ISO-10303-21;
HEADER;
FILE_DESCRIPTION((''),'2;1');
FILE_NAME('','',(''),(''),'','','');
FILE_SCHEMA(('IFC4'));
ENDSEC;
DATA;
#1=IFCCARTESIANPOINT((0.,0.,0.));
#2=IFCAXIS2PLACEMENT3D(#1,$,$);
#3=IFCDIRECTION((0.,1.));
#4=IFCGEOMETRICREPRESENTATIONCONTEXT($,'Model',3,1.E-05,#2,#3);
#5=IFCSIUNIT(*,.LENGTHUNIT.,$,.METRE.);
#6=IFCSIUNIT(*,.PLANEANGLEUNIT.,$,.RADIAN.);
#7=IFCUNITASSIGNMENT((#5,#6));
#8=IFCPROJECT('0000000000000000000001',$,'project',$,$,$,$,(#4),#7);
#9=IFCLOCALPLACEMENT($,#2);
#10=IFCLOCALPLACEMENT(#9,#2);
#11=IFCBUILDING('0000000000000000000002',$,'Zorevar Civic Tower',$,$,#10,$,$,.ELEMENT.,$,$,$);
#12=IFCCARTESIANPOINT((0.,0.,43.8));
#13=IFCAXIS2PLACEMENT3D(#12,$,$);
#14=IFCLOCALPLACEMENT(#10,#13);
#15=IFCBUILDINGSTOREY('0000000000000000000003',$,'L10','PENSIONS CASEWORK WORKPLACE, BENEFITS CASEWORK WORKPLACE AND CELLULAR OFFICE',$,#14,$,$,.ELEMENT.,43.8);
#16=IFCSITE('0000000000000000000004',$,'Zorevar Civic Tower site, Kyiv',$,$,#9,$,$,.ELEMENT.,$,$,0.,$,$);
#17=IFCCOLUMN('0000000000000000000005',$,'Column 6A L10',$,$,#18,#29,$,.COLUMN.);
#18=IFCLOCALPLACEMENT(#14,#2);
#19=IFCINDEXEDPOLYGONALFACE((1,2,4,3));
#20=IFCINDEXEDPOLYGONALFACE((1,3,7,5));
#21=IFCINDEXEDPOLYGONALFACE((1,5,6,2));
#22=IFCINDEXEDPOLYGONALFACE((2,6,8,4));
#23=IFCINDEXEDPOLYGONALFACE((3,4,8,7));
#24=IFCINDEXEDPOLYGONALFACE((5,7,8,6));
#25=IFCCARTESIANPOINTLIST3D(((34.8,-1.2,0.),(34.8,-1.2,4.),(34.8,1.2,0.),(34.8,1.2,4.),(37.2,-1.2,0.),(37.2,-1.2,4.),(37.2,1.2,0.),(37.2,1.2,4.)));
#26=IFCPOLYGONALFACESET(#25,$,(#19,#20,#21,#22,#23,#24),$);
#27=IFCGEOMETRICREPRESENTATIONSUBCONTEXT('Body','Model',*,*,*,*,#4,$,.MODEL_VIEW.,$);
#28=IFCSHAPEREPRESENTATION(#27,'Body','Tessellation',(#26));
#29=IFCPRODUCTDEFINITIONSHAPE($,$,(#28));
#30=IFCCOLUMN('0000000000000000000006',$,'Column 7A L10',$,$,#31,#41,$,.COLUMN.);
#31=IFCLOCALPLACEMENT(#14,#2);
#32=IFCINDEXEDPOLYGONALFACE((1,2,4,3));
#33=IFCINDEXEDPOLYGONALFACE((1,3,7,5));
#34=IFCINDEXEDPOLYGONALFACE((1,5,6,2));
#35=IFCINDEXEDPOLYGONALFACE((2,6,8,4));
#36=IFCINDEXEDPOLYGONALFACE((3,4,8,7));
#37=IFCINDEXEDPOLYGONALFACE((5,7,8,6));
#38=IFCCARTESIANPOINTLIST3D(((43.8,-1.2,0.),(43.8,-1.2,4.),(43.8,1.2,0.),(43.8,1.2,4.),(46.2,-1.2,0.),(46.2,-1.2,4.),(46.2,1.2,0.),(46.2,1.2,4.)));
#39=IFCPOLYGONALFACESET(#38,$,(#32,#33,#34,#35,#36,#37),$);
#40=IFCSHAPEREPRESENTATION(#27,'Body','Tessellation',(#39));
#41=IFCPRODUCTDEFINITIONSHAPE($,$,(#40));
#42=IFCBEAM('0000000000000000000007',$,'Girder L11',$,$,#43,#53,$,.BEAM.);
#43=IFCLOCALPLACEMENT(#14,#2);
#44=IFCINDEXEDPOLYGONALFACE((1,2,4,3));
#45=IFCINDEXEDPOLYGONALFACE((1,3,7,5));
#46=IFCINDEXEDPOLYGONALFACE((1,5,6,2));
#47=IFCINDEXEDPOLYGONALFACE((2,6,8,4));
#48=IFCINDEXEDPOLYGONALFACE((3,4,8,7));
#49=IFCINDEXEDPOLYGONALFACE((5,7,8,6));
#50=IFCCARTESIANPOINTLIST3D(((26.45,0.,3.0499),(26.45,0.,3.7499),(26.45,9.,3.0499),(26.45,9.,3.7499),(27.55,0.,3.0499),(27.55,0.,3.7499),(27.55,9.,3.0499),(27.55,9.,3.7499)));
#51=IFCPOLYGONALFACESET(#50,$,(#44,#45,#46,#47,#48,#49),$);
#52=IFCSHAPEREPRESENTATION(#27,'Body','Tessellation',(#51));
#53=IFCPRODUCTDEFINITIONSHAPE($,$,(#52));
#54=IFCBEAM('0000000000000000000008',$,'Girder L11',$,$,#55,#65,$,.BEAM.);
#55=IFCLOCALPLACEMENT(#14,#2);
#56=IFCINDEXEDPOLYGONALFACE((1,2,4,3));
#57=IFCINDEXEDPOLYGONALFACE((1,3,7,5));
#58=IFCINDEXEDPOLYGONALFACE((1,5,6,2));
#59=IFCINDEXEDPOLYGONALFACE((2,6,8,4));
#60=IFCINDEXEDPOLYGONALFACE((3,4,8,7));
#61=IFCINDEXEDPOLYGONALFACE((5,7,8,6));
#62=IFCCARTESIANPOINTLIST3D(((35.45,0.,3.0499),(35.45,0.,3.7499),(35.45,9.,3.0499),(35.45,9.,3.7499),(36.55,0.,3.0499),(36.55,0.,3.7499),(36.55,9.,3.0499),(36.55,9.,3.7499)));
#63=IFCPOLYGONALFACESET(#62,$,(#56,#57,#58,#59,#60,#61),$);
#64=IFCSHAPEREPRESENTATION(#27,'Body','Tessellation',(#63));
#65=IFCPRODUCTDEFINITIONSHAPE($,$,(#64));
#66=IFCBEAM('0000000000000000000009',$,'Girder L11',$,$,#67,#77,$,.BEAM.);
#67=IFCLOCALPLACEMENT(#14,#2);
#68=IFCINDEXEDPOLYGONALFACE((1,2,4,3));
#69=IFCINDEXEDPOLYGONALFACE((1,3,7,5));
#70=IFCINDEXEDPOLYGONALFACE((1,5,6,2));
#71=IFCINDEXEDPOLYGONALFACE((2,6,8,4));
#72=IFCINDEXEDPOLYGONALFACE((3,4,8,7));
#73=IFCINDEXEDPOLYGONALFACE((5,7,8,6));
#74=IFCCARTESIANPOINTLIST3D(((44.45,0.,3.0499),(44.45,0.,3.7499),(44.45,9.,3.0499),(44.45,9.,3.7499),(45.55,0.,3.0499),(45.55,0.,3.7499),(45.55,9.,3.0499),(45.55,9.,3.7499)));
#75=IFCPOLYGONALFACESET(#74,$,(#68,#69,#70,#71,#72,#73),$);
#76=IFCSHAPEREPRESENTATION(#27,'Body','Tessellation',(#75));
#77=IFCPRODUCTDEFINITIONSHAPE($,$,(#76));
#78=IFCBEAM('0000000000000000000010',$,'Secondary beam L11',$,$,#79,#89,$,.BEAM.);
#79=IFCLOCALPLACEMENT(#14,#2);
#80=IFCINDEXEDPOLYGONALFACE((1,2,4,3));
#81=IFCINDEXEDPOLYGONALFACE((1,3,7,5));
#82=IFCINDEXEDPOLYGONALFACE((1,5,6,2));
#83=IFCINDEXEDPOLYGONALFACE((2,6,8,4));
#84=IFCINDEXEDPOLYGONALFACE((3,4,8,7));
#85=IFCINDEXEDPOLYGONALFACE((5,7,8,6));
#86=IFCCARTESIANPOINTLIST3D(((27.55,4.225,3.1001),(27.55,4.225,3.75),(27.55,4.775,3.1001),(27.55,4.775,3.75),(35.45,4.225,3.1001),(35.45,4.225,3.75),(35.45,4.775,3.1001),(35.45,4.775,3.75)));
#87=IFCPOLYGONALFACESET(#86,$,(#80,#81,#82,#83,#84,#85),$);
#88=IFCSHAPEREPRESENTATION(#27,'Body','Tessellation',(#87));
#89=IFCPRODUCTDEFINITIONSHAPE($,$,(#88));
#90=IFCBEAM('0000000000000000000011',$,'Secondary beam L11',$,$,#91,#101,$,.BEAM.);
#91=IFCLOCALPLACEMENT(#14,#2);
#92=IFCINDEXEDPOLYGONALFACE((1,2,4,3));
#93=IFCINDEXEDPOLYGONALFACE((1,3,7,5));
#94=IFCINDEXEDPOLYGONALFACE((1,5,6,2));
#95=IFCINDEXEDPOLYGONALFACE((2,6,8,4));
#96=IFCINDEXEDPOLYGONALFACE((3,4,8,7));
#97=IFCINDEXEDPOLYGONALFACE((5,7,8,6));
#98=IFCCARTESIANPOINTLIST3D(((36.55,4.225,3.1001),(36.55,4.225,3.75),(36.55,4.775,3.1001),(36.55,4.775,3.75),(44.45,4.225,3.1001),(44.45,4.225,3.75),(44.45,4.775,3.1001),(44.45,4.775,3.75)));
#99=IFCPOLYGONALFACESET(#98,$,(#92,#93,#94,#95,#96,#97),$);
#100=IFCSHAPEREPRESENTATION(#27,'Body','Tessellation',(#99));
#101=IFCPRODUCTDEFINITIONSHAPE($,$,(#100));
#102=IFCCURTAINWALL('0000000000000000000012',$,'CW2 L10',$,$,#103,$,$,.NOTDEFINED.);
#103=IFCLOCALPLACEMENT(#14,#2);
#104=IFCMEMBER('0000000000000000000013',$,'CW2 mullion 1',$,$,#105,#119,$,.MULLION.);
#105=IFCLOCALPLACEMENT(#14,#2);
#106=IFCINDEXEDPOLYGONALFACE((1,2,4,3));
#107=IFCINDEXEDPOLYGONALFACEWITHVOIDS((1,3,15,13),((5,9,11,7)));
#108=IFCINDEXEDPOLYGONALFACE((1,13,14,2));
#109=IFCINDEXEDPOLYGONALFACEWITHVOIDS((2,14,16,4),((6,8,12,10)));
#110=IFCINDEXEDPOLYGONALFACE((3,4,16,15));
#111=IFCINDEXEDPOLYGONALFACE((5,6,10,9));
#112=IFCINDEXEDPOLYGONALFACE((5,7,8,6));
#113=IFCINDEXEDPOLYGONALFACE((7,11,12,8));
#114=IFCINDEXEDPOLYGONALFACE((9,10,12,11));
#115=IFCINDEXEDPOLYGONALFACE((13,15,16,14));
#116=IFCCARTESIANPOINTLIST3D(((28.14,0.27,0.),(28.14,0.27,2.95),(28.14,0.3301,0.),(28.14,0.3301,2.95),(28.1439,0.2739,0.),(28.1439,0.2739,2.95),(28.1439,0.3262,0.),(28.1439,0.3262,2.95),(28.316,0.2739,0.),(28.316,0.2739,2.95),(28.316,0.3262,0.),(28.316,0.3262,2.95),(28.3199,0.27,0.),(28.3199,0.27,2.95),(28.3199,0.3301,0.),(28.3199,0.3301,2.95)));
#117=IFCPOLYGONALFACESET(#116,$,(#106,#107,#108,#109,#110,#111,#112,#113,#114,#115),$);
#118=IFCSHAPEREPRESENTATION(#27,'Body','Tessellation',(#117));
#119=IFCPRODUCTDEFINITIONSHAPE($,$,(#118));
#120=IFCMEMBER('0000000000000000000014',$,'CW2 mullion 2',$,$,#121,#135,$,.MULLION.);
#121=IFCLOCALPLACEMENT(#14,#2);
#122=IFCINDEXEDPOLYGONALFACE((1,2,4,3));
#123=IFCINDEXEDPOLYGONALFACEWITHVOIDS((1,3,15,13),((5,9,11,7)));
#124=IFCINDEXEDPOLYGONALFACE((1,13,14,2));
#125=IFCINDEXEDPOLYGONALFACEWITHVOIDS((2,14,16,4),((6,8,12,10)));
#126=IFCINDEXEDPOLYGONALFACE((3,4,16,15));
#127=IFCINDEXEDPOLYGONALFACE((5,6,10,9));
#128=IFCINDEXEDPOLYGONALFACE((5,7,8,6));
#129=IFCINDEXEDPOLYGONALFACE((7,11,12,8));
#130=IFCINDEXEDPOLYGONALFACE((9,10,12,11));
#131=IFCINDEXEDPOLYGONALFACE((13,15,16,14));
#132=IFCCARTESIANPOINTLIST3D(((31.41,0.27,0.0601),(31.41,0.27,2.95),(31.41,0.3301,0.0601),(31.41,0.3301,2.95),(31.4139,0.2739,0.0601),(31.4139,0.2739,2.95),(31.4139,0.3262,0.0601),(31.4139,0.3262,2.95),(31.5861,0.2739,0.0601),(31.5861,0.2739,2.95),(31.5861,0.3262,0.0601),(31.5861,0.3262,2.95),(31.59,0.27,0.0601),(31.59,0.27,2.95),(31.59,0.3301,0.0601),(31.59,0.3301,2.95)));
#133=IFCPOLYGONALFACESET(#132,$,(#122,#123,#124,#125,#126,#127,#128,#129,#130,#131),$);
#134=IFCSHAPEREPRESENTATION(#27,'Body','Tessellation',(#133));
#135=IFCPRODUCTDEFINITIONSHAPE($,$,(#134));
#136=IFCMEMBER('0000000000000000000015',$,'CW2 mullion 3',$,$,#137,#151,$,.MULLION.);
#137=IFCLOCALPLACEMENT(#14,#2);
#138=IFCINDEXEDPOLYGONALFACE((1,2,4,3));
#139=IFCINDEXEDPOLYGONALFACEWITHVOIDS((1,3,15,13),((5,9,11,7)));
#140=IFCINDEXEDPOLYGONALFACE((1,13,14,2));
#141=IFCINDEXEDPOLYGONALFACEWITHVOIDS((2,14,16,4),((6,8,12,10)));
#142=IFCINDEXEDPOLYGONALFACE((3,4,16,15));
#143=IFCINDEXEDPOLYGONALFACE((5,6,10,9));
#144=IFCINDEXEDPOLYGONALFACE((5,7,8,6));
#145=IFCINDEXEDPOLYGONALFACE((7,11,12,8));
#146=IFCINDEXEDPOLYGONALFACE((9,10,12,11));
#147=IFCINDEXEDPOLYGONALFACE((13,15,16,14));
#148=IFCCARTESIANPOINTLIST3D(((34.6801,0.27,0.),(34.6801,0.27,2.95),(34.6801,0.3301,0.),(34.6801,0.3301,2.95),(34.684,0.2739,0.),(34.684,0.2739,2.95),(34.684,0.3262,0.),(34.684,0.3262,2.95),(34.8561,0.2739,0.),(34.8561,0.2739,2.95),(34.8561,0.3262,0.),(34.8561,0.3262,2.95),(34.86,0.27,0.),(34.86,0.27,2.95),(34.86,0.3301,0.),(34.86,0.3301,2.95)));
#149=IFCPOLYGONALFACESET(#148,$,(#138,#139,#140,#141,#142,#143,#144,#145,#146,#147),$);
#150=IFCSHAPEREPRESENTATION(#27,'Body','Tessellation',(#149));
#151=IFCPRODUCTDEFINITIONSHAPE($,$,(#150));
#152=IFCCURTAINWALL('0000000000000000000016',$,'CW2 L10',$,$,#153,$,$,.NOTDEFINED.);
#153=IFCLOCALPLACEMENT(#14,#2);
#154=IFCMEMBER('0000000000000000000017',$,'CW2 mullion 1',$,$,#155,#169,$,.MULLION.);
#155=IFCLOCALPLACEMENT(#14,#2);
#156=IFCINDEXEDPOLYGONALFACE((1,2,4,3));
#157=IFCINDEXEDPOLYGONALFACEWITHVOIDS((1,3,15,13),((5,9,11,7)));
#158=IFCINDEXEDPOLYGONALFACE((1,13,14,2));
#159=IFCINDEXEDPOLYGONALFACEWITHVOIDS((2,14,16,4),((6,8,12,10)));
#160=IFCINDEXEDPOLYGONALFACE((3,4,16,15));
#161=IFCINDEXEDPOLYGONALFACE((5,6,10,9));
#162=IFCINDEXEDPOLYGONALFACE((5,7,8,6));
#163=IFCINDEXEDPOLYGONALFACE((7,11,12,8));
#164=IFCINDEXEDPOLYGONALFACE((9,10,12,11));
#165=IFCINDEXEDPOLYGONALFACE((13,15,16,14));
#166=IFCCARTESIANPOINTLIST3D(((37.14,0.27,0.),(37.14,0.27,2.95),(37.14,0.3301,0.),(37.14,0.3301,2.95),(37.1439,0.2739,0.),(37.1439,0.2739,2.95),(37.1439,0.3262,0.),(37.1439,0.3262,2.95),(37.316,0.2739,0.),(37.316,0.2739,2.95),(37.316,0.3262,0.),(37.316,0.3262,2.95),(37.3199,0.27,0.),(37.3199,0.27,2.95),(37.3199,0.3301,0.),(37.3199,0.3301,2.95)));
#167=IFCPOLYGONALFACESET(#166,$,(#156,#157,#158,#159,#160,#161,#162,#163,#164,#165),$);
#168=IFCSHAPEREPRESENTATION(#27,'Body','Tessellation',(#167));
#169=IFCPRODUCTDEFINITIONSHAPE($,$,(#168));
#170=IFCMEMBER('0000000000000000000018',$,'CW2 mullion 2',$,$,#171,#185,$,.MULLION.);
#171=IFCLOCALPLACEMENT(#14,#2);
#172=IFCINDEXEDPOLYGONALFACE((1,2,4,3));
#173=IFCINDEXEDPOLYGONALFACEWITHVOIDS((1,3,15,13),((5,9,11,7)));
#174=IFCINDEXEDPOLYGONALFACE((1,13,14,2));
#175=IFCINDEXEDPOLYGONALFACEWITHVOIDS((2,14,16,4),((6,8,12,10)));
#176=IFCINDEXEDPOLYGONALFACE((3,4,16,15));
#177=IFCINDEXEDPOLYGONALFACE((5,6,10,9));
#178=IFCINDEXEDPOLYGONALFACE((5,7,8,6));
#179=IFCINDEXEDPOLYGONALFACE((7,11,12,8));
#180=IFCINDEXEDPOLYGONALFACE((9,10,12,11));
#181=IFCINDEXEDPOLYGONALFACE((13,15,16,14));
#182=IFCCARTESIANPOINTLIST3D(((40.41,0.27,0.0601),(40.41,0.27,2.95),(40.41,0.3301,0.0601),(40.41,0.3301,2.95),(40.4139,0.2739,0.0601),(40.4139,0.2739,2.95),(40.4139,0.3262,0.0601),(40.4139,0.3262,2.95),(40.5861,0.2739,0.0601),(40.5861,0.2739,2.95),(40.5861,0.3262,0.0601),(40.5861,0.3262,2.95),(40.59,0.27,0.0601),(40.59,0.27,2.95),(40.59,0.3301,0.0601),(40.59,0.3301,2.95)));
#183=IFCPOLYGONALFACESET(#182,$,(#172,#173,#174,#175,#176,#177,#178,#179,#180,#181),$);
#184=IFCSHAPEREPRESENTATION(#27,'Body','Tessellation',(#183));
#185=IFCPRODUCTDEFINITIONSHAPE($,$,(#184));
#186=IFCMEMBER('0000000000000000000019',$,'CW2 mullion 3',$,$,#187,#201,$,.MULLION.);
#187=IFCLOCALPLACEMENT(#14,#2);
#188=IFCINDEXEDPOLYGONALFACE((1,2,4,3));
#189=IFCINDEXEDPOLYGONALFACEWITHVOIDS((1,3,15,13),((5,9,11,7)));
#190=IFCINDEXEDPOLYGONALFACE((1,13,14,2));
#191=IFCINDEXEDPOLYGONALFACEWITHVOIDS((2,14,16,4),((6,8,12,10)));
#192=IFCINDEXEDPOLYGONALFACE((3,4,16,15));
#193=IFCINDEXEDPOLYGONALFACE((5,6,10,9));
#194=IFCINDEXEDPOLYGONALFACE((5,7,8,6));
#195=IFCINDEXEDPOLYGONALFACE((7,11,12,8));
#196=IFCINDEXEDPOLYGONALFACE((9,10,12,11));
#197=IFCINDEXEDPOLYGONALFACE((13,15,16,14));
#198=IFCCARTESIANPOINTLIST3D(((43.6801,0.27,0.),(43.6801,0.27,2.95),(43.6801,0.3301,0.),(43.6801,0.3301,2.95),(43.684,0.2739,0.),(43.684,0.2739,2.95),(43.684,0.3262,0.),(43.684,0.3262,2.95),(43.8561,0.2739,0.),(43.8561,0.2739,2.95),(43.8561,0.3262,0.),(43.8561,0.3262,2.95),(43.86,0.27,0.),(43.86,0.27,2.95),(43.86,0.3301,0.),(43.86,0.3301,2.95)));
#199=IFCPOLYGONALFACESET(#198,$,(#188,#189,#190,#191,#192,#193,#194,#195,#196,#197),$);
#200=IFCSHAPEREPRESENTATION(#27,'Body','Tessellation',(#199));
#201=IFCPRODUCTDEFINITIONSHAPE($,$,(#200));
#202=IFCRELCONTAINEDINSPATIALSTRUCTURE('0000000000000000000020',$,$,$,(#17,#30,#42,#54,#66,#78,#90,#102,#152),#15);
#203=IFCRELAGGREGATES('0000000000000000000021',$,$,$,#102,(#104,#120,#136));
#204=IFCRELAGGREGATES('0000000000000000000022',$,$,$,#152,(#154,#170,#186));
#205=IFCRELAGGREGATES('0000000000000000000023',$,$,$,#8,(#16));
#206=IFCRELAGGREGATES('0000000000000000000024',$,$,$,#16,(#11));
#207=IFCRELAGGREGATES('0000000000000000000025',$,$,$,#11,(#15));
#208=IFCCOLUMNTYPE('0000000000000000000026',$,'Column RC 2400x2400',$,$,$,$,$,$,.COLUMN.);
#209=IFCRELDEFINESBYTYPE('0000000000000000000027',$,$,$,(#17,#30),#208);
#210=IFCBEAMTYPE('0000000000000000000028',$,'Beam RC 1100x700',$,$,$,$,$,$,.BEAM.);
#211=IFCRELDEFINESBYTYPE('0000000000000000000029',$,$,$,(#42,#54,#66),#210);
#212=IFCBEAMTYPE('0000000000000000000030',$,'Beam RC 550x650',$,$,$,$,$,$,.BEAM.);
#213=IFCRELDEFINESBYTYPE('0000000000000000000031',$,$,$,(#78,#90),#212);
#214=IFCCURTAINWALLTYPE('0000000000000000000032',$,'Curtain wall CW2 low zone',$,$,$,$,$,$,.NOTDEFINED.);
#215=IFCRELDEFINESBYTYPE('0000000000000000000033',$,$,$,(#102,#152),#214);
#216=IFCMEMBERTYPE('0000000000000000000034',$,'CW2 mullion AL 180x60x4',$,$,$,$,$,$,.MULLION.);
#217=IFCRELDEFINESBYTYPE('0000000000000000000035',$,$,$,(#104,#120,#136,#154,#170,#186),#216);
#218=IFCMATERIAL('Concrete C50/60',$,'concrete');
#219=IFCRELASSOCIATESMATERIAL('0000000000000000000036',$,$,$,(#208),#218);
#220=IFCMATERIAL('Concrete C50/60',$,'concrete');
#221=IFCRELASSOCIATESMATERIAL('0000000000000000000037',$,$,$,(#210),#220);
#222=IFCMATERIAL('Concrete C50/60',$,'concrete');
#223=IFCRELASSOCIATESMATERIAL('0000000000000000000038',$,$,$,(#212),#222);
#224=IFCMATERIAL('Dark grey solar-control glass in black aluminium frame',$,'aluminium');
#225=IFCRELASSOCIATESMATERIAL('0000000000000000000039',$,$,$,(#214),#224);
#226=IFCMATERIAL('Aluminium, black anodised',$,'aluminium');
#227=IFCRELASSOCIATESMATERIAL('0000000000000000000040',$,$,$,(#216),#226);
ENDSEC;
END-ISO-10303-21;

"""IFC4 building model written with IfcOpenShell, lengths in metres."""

from ifc_helpers import new_model, si_unit, direction, frame, origin, origin_2d, place, context, subcontext, project, spatial, rectangle, hollow_rectangle, extrude, material, material_profile, profile_set, type_object, element, aggregate, save


model = new_model("IFC4")

# Units and contexts
model_context = context("Model", 3, precision=1e-05, world=origin(), true_north=direction((0.0, 1.0)))
body_context = subcontext(model_context, "Body", "Model", "MODEL_VIEW")
ifc_project = project(units=[si_unit("LENGTHUNIT", "METRE"), si_unit("PLANEANGLEUNIT", "RADIAN")], contexts=[model_context])

# Site, building, storey
site_placement = place(None, origin())
site = spatial("IfcSite", under=ifc_project, at=site_placement, Name="Zorevar Civic Tower site, Kyiv", CompositionType="ELEMENT", RefElevation=0.0)
building_placement = place(site_placement, origin())
building = spatial("IfcBuilding", under=site, at=building_placement, Name="Zorevar Civic Tower", CompositionType="ELEMENT")
storey_placement = place(building_placement, frame((0.0, 0.0, 43.8)))
storey = spatial("IfcBuildingStorey", under=building, at=storey_placement, Name="L10", Description="PENSIONS CASEWORK WORKPLACE, BENEFITS CASEWORK WORKPLACE AND CELLULAR OFFICE", CompositionType="ELEMENT", Elevation=43.8)

# Columns
ifc_material_1 = material(Name="Concrete C50/60", Category="concrete")
ifc_material_profile_1 = material_profile(ifc_material_1, rectangle(XDim=2.3999, YDim=2.3999, at=origin_2d()), Name="RC 2400x2400")
ifc_profile_set_1 = profile_set([ifc_material_profile_1], Name="Concrete C50/60")
column_type = type_object("IfcColumnType", Name="Column RC 2400x2400", PredefinedType="COLUMN", material=ifc_profile_set_1)
for number, where, z_axis, x_axis, name in (
    (1, (36.0, 0.0, 0.0), (0.0, 0.0, 1.0), (1.0, 0.0, 0.0), "Column 6A L10"),
    (2, (45.0, 0.0, 0.0), (0.0, 0.0, 1.0), (1.0, 0.0, 0.0), "Column 7A L10"),
):
    element("IfcColumn", number, at=place(storey_placement, frame(where, z_axis=z_axis, x_axis=x_axis)), inside=storey, type_object=column_type, Name=name, PredefinedType="COLUMN", context=body_context, shape_type="SweptSolid", body=[
        extrude(rectangle(XDim=2.3999, YDim=2.3999, at=origin_2d()), origin(), (0.0, 0.0, 1.0), 4.0),
    ])

# Beams
ifc_material_2 = material(Name="Concrete C50/60", Category="concrete")
ifc_material_profile_2 = material_profile(ifc_material_2, rectangle(XDim=1.1001, YDim=0.7, at=origin_2d()), Name="RC 1100x700")
ifc_profile_set_2 = profile_set([ifc_material_profile_2], Name="Concrete C50/60")
beam_type_1 = type_object("IfcBeamType", Name="Beam RC 1100x700", PredefinedType="BEAM", material=ifc_profile_set_2)
for number, where, z_axis, x_axis, name in (
    (3, (27.0, 0.0, 3.3999), (0.0, 1.0, 0.0), (-1.0, 0.0, 0.0), "Girder L11"),
    (4, (36.0, 0.0, 3.3999), (0.0, 1.0, 0.0), (-1.0, 0.0, 0.0), "Girder L11"),
    (5, (45.0, 0.0, 3.3999), (0.0, 1.0, 0.0), (-1.0, 0.0, 0.0), "Girder L11"),
):
    element("IfcBeam", number, at=place(storey_placement, frame(where, z_axis=z_axis, x_axis=x_axis)), inside=storey, type_object=beam_type_1, Name=name, PredefinedType="BEAM", context=body_context, shape_type="SweptSolid", body=[
        extrude(rectangle(XDim=1.1001, YDim=0.7, at=origin_2d()), origin(), (0.0, 0.0, 1.0), 9.0),
    ])
ifc_material_3 = material(Name="Concrete C50/60", Category="concrete")
ifc_material_profile_3 = material_profile(ifc_material_3, rectangle(XDim=0.55, YDim=0.6499, at=origin_2d()), Name="RC 550x650")
ifc_profile_set_3 = profile_set([ifc_material_profile_3], Name="Concrete C50/60")
beam_type_2 = type_object("IfcBeamType", Name="Beam RC 550x650", PredefinedType="BEAM", material=ifc_profile_set_3)
for number, where, z_axis, x_axis, name in (
    (6, (27.55, 4.5, 3.425), (1.0, 0.0, 0.0), (0.0, 1.0, 0.0), "Secondary beam L11"),
    (7, (36.55, 4.5, 3.425), (1.0, 0.0, 0.0), (0.0, 1.0, 0.0), "Secondary beam L11"),
):
    element("IfcBeam", number, at=place(storey_placement, frame(where, z_axis=z_axis, x_axis=x_axis)), inside=storey, type_object=beam_type_2, Name=name, PredefinedType="BEAM", context=body_context, shape_type="SweptSolid", body=[
        extrude(rectangle(XDim=0.55, YDim=0.6499, at=origin_2d()), origin(), (0.0, 0.0, 1.0), 7.8999),
    ])

# Curtain walls, members
ifc_material_4 = material(Name="Dark grey solar-control glass in black aluminium frame", Category="aluminium")
curtain_wall_type = type_object("IfcCurtainWallType", Name="Curtain wall CW2 low zone", PredefinedType="NOTDEFINED", material=ifc_material_4)
curtain_wall_1_placement = place(storey_placement, origin())
curtain_wall_1 = element("IfcCurtainWall", 8, at=curtain_wall_1_placement, inside=storey, type_object=curtain_wall_type, Name="CW2 L10", PredefinedType="NOTDEFINED")
ifc_material_5 = material(Name="Aluminium, black anodised", Category="aluminium")
ifc_material_profile_4 = material_profile(ifc_material_5, hollow_rectangle(XDim=0.0601, YDim=0.1799, WallThickness=0.0039, at=origin_2d()), Name="AL 180x60x4")
ifc_profile_set_4 = profile_set([ifc_material_profile_4], Name="Aluminium, black anodised")
member_type_1 = type_object("IfcMemberType", Name="CW2 mullion AL 180x60x4", PredefinedType="MULLION", material=ifc_profile_set_4)
member_1_placement = place(storey_placement, frame((28.23, 0.3, 0.0), z_axis=(0.0, 0.0, 1.0), x_axis=(0.0, 1.0, 0.0)))
member_1 = element("IfcMember", 9, at=member_1_placement, type_object=member_type_1, Name="CW2 mullion 1", PredefinedType="MULLION", context=body_context, shape_type="SweptSolid", body=[
    extrude(hollow_rectangle(XDim=0.0601, YDim=0.1799, WallThickness=0.0039, at=origin_2d()), origin(), (0.0, 0.0, 1.0), 2.95),
])
member_2_placement = place(storey_placement, frame((31.5, 0.3, 0.0601), z_axis=(0.0, 0.0, 1.0), x_axis=(0.0, 1.0, 0.0)))
member_2 = element("IfcMember", 10, at=member_2_placement, type_object=member_type_1, Name="CW2 mullion 2", PredefinedType="MULLION", context=body_context, shape_type="SweptSolid", body=[
    extrude(hollow_rectangle(XDim=0.0601, YDim=0.1799, WallThickness=0.0039, at=origin_2d()), origin(), (0.0, 0.0, 1.0), 2.8899),
])
member_3_placement = place(storey_placement, frame((34.77, 0.3, 0.0), z_axis=(0.0, 0.0, 1.0), x_axis=(0.0, 1.0, 0.0)))
member_3 = element("IfcMember", 11, at=member_3_placement, type_object=member_type_1, Name="CW2 mullion 3", PredefinedType="MULLION", context=body_context, shape_type="SweptSolid", body=[
    extrude(hollow_rectangle(XDim=0.0601, YDim=0.1799, WallThickness=0.0039, at=origin_2d()), origin(), (0.0, 0.0, 1.0), 2.95),
])
curtain_wall_2_placement = place(storey_placement, origin())
curtain_wall_2 = element("IfcCurtainWall", 12, at=curtain_wall_2_placement, inside=storey, type_object=curtain_wall_type, Name="CW2 L10", PredefinedType="NOTDEFINED")
member_4_placement = place(storey_placement, frame((37.23, 0.3, 0.0), z_axis=(0.0, 0.0, 1.0), x_axis=(0.0, 1.0, 0.0)))
member_4 = element("IfcMember", 13, at=member_4_placement, type_object=member_type_1, Name="CW2 mullion 1", PredefinedType="MULLION", context=body_context, shape_type="SweptSolid", body=[
    extrude(hollow_rectangle(XDim=0.0601, YDim=0.1799, WallThickness=0.0039, at=origin_2d()), origin(), (0.0, 0.0, 1.0), 2.95),
])
member_5_placement = place(storey_placement, frame((40.5, 0.3, 0.0601), z_axis=(0.0, 0.0, 1.0), x_axis=(0.0, 1.0, 0.0)))
member_5 = element("IfcMember", 14, at=member_5_placement, type_object=member_type_1, Name="CW2 mullion 2", PredefinedType="MULLION", context=body_context, shape_type="SweptSolid", body=[
    extrude(hollow_rectangle(XDim=0.0601, YDim=0.1799, WallThickness=0.0039, at=origin_2d()), origin(), (0.0, 0.0, 1.0), 2.8899),
])
member_6_placement = place(storey_placement, frame((43.77, 0.3, 0.0), z_axis=(0.0, 0.0, 1.0), x_axis=(0.0, 1.0, 0.0)))
member_6 = element("IfcMember", 15, at=member_6_placement, type_object=member_type_1, Name="CW2 mullion 3", PredefinedType="MULLION", context=body_context, shape_type="SweptSolid", body=[
    extrude(hollow_rectangle(XDim=0.0601, YDim=0.1799, WallThickness=0.0039, at=origin_2d()), origin(), (0.0, 0.0, 1.0), 2.95),
])

aggregate(curtain_wall_1, [member_1, member_2, member_3])
aggregate(curtain_wall_2, [member_4, member_5, member_6])

save(model, "model.ifc")
